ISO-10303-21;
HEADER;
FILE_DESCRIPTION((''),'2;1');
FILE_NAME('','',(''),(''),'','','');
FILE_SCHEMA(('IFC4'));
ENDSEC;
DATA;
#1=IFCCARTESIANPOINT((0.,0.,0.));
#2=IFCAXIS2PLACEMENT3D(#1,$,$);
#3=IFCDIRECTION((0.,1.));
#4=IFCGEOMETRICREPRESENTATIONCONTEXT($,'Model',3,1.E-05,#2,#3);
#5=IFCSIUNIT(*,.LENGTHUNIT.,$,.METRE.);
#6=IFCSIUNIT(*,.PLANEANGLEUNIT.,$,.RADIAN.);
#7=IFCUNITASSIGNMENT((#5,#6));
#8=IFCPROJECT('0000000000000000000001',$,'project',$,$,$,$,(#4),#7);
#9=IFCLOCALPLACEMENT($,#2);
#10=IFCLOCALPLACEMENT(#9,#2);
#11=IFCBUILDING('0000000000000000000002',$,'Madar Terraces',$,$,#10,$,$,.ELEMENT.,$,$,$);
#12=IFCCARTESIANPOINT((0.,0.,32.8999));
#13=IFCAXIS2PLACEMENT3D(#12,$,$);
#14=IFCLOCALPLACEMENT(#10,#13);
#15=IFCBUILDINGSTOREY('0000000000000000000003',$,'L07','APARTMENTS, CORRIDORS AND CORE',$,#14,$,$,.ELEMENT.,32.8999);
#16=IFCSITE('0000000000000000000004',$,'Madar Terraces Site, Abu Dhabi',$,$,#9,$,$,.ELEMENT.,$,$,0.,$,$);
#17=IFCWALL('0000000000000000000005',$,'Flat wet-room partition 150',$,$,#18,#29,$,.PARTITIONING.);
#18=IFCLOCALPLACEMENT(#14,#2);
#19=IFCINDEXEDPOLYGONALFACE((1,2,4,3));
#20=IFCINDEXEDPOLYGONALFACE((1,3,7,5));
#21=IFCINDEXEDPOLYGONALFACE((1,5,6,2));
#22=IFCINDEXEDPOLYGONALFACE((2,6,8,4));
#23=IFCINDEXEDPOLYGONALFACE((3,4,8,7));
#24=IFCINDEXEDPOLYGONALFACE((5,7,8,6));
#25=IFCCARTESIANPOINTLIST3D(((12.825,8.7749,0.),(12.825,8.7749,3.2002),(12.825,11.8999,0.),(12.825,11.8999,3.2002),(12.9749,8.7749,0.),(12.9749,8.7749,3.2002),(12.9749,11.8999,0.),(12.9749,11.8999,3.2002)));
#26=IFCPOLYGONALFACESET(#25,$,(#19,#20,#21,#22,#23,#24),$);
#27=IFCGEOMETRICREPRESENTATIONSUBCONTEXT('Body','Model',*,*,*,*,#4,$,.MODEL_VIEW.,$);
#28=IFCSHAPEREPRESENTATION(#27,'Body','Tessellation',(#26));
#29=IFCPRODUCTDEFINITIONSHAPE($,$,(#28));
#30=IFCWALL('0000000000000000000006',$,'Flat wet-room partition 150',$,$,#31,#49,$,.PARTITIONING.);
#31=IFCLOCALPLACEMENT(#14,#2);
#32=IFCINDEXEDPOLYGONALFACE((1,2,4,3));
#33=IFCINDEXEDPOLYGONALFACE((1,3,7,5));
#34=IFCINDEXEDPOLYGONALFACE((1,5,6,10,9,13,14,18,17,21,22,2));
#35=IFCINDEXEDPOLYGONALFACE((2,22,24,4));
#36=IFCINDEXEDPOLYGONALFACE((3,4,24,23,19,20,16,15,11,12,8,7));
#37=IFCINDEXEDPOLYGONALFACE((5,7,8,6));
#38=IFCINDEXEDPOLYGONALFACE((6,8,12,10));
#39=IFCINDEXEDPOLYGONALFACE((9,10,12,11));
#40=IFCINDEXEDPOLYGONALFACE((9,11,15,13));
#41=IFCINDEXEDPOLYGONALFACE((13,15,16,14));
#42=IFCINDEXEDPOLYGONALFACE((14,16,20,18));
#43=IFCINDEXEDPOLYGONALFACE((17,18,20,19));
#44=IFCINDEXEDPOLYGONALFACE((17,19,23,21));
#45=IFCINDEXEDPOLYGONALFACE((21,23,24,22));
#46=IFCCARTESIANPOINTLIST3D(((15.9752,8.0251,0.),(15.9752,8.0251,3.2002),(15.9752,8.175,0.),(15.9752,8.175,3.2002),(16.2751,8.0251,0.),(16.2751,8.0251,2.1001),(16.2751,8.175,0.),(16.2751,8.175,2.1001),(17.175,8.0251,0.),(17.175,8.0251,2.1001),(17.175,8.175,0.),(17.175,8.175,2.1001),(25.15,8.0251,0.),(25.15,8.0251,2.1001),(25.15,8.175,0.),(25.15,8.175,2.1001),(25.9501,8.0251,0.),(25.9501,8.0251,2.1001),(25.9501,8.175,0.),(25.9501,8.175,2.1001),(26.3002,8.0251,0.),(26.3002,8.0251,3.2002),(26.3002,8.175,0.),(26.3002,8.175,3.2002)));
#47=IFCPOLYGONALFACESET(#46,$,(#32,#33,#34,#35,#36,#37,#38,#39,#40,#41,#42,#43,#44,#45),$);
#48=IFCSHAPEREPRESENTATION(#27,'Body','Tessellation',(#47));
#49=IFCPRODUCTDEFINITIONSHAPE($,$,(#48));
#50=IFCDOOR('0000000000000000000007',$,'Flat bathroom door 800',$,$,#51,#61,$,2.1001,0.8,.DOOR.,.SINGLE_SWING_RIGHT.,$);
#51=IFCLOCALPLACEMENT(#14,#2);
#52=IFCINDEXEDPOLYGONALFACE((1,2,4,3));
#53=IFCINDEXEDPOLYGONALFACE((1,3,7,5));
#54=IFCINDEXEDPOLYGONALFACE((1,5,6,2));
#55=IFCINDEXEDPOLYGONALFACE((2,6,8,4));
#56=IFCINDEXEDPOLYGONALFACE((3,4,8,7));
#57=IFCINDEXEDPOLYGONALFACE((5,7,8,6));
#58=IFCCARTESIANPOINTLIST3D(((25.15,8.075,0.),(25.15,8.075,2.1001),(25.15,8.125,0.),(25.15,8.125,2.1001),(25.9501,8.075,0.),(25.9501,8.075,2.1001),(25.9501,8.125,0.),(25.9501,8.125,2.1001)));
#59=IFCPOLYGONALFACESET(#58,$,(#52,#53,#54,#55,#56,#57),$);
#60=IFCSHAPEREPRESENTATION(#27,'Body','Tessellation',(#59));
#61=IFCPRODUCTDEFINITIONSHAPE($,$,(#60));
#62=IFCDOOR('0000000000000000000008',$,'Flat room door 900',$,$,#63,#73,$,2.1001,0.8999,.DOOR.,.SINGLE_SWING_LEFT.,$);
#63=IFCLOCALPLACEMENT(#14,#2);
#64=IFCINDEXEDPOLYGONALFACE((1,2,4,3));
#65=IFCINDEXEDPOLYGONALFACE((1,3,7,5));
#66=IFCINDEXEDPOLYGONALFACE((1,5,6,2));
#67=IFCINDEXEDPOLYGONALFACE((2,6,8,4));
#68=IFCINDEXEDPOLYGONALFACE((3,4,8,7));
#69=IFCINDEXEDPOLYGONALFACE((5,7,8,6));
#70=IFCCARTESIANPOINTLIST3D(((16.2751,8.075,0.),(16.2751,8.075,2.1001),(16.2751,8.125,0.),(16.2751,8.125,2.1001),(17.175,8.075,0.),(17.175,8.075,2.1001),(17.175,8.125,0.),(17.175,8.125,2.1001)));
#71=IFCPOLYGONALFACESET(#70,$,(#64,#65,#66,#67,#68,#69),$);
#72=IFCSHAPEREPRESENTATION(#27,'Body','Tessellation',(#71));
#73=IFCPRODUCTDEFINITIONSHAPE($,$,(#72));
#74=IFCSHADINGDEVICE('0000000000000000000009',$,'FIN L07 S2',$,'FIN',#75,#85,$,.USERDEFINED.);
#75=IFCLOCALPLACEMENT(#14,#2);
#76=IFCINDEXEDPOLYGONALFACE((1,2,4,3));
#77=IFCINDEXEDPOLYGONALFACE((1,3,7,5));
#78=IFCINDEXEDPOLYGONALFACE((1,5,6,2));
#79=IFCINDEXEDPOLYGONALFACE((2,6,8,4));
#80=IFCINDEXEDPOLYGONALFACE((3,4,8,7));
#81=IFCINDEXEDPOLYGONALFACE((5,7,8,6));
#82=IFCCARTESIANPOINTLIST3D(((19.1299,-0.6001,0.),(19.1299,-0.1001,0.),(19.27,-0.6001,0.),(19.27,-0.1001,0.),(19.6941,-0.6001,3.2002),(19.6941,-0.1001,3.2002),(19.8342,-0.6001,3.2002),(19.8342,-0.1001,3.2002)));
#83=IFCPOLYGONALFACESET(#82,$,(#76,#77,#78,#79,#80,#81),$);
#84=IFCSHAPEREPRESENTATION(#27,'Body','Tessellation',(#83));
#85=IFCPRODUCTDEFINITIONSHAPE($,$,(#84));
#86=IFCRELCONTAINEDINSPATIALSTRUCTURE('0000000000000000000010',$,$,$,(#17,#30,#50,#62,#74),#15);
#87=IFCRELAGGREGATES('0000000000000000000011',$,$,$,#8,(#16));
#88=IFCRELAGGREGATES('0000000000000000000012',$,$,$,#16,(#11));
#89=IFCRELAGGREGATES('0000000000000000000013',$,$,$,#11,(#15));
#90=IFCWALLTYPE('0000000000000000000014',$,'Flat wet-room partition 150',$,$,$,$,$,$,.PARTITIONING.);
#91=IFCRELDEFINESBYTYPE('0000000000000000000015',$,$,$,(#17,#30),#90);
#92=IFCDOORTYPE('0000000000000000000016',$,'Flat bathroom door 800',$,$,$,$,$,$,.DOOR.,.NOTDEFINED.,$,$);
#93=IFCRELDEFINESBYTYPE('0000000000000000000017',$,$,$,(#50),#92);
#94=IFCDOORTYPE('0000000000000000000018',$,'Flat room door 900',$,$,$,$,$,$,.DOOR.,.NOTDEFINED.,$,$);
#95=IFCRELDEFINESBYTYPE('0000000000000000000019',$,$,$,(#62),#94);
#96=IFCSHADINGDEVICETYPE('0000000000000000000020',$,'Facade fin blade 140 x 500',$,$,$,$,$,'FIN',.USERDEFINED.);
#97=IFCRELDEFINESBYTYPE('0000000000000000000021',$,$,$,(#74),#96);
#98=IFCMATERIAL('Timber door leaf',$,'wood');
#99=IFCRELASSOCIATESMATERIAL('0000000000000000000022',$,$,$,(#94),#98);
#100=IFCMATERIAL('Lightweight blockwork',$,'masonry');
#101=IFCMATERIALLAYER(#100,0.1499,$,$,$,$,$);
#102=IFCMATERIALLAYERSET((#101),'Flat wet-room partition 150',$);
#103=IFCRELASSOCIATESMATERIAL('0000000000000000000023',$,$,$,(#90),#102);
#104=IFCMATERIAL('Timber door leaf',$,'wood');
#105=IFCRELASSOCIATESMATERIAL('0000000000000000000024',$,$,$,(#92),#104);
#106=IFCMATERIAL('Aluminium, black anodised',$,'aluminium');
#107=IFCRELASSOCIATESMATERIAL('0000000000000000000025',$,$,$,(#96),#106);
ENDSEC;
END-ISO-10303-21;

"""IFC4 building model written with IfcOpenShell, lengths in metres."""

from ifc_helpers import new_model, si_unit, direction, frame, frame_2d, origin, place, context, subcontext, project, spatial, polyline, rectangle, outline, extrude, material, layer, layer_set, type_object, element, fill, save


model = new_model("IFC4")

# Units and contexts
model_context = context("Model", 3, precision=1e-05, world=origin(), true_north=direction((0.0, 1.0)))
body_context = subcontext(model_context, "Body", "Model", "MODEL_VIEW")
ifc_project = project(units=[si_unit("LENGTHUNIT", "METRE"), si_unit("PLANEANGLEUNIT", "RADIAN")], contexts=[model_context])

# Site, building, storey
site_placement = place(None, origin())
site = spatial("IfcSite", under=ifc_project, at=site_placement, Name="Madar Terraces Site, Abu Dhabi", CompositionType="ELEMENT", RefElevation=0.0)
building_placement = place(site_placement, origin())
building = spatial("IfcBuilding", under=site, at=building_placement, Name="Madar Terraces", CompositionType="ELEMENT")
storey_placement = place(building_placement, frame((0.0, 0.0, 32.8999)))
storey = spatial("IfcBuildingStorey", under=building, at=storey_placement, Name="L07", Description="APARTMENTS, CORRIDORS AND CORE", CompositionType="ELEMENT", Elevation=32.8999)

# Shared definitions
ifc_material_1 = material(Name="Timber door leaf", Category="wood")
door_type_1 = type_object("IfcDoorType", Name="Flat room door 900", OperationType="NOTDEFINED", PredefinedType="DOOR", material=ifc_material_1)

# Wall
ifc_material_2 = material(Name="Lightweight blockwork", Category="masonry")
ifc_layer_1 = layer(ifc_material_2, 0.1499)
ifc_layer_set_1 = layer_set([ifc_layer_1], Name="Flat wet-room partition 150")
wall_type_1 = type_object("IfcWallType", Name="Flat wet-room partition 150", PredefinedType="PARTITIONING", material=ifc_layer_set_1)
wall_1_placement = place(storey_placement, frame((12.8999, 11.8999, 0.0), z_axis=(0.0, 0.0, 1.0), x_axis=(0.0, -1.0, 0.0)))
element("IfcWall", 1, at=wall_1_placement, inside=storey, type_object=wall_type_1, Name="Flat wet-room partition 150", PredefinedType="PARTITIONING", context=body_context, shape_type="SweptSolid", body=[
    extrude(rectangle(XDim=3.125, YDim=0.1499, at=frame_2d((1.5625, 0.0))), origin(), (0.0, 0.0, 1.0), 3.2002),
])

# Wall, openings, doors
wall_2_placement = place(storey_placement, frame((15.9751, 8.1001, 0.0), z_axis=(0.0, 0.0, 1.0), x_axis=(1.0, 0.0, 0.0)))
wall_2 = element("IfcWall", 2, at=wall_2_placement, inside=storey, type_object=wall_type_1, Name="Flat wet-room partition 150", PredefinedType="PARTITIONING", context=body_context, shape_type="SweptSolid", body=[
    extrude(rectangle(XDim=10.325, YDim=0.1499, at=frame_2d((5.1626, 0.0))), origin(), (0.0, 0.0, 1.0), 3.2002),
])
opening_1_placement = place(wall_2_placement, frame((0.3, 0.0, 0.0)))
opening_1 = element("IfcOpeningElement", 3, at=opening_1_placement, cuts=wall_2, PredefinedType="OPENING", context=body_context, shape_type="SweptSolid", body=[
    extrude(rectangle(XDim=0.8999, YDim=2.1001, at=frame_2d((0.45, 1.05))), frame((0.0, 0.085, 0.0), z_axis=(0.0, -1.0, 0.0), x_axis=(1.0, 0.0, 0.0)), (0.0, 0.0, 1.0), 0.1699),
])
opening_2_placement = place(wall_2_placement, frame((9.175, 0.0, 0.0)))
opening_2 = element("IfcOpeningElement", 4, at=opening_2_placement, cuts=wall_2, PredefinedType="OPENING", context=body_context, shape_type="SweptSolid", body=[
    extrude(rectangle(XDim=0.8, YDim=2.1001, at=frame_2d((0.3999, 1.05))), frame((0.0, 0.085, 0.0), z_axis=(0.0, -1.0, 0.0), x_axis=(1.0, 0.0, 0.0)), (0.0, 0.0, 1.0), 0.1699),
])
ifc_material_3 = material(Name="Timber door leaf", Category="wood")
door_type_2 = type_object("IfcDoorType", Name="Flat bathroom door 800", OperationType="NOTDEFINED", PredefinedType="DOOR", material=ifc_material_3)
door_1_placement = place(opening_2_placement, origin())
door_1 = element("IfcDoor", 5, at=door_1_placement, inside=storey, type_object=door_type_2, Name="Flat bathroom door 800", OperationType="SINGLE_SWING_RIGHT", OverallHeight=2.1001, OverallWidth=0.8, PredefinedType="DOOR", context=body_context, shape_type="SweptSolid", body=[
    extrude(rectangle(XDim=0.8, YDim=2.1001, at=frame_2d((0.3999, 1.05))), frame((0.0, 0.0249, 0.0), z_axis=(0.0, -1.0, 0.0), x_axis=(1.0, 0.0, 0.0)), (0.0, 0.0, 1.0), 0.05),
])
fill(opening_2, door_1)
door_2_placement = place(opening_1_placement, origin())
door_2 = element("IfcDoor", 6, at=door_2_placement, inside=storey, type_object=door_type_1, Name="Flat room door 900", OperationType="SINGLE_SWING_LEFT", OverallHeight=2.1001, OverallWidth=0.8999, PredefinedType="DOOR", context=body_context, shape_type="SweptSolid", body=[
    extrude(rectangle(XDim=0.8999, YDim=2.1001, at=frame_2d((0.45, 1.05))), frame((0.0, 0.0249, 0.0), z_axis=(0.0, -1.0, 0.0), x_axis=(1.0, 0.0, 0.0)), (0.0, 0.0, 1.0), 0.05),
])
fill(opening_1, door_2)

# Shading device
ifc_material_4 = material(Name="Aluminium, black anodised", Category="aluminium")
shading_device_type = type_object("IfcShadingDeviceType", Name="Facade fin blade 140 x 500", ElementType="FIN", PredefinedType="USERDEFINED", material=ifc_material_4)
shading_device_placement = place(storey_placement, frame((19.1299, -0.3501, 0.0), z_axis=(0.0, 0.0, 1.0), x_axis=(1.0, 0.0, 0.0)))
element("IfcShadingDevice", 7, at=shading_device_placement, inside=storey, type_object=shading_device_type, Name="FIN L07 S2", ObjectType="FIN", PredefinedType="USERDEFINED", context=body_context, shape_type="SweptSolid", body=[
    extrude(outline(polyline([(0.0, 0.0), (0.1401, 0.0), (0.7043, 3.2002), (0.5642, 3.2002), (0.0, 0.0)])), frame((0.0, 0.25, 0.0), z_axis=(0.0, -1.0, 0.0), x_axis=(1.0, 0.0, 0.0)), (0.0, 0.0, 1.0), 0.5),
])

save(model, "model.ifc")
